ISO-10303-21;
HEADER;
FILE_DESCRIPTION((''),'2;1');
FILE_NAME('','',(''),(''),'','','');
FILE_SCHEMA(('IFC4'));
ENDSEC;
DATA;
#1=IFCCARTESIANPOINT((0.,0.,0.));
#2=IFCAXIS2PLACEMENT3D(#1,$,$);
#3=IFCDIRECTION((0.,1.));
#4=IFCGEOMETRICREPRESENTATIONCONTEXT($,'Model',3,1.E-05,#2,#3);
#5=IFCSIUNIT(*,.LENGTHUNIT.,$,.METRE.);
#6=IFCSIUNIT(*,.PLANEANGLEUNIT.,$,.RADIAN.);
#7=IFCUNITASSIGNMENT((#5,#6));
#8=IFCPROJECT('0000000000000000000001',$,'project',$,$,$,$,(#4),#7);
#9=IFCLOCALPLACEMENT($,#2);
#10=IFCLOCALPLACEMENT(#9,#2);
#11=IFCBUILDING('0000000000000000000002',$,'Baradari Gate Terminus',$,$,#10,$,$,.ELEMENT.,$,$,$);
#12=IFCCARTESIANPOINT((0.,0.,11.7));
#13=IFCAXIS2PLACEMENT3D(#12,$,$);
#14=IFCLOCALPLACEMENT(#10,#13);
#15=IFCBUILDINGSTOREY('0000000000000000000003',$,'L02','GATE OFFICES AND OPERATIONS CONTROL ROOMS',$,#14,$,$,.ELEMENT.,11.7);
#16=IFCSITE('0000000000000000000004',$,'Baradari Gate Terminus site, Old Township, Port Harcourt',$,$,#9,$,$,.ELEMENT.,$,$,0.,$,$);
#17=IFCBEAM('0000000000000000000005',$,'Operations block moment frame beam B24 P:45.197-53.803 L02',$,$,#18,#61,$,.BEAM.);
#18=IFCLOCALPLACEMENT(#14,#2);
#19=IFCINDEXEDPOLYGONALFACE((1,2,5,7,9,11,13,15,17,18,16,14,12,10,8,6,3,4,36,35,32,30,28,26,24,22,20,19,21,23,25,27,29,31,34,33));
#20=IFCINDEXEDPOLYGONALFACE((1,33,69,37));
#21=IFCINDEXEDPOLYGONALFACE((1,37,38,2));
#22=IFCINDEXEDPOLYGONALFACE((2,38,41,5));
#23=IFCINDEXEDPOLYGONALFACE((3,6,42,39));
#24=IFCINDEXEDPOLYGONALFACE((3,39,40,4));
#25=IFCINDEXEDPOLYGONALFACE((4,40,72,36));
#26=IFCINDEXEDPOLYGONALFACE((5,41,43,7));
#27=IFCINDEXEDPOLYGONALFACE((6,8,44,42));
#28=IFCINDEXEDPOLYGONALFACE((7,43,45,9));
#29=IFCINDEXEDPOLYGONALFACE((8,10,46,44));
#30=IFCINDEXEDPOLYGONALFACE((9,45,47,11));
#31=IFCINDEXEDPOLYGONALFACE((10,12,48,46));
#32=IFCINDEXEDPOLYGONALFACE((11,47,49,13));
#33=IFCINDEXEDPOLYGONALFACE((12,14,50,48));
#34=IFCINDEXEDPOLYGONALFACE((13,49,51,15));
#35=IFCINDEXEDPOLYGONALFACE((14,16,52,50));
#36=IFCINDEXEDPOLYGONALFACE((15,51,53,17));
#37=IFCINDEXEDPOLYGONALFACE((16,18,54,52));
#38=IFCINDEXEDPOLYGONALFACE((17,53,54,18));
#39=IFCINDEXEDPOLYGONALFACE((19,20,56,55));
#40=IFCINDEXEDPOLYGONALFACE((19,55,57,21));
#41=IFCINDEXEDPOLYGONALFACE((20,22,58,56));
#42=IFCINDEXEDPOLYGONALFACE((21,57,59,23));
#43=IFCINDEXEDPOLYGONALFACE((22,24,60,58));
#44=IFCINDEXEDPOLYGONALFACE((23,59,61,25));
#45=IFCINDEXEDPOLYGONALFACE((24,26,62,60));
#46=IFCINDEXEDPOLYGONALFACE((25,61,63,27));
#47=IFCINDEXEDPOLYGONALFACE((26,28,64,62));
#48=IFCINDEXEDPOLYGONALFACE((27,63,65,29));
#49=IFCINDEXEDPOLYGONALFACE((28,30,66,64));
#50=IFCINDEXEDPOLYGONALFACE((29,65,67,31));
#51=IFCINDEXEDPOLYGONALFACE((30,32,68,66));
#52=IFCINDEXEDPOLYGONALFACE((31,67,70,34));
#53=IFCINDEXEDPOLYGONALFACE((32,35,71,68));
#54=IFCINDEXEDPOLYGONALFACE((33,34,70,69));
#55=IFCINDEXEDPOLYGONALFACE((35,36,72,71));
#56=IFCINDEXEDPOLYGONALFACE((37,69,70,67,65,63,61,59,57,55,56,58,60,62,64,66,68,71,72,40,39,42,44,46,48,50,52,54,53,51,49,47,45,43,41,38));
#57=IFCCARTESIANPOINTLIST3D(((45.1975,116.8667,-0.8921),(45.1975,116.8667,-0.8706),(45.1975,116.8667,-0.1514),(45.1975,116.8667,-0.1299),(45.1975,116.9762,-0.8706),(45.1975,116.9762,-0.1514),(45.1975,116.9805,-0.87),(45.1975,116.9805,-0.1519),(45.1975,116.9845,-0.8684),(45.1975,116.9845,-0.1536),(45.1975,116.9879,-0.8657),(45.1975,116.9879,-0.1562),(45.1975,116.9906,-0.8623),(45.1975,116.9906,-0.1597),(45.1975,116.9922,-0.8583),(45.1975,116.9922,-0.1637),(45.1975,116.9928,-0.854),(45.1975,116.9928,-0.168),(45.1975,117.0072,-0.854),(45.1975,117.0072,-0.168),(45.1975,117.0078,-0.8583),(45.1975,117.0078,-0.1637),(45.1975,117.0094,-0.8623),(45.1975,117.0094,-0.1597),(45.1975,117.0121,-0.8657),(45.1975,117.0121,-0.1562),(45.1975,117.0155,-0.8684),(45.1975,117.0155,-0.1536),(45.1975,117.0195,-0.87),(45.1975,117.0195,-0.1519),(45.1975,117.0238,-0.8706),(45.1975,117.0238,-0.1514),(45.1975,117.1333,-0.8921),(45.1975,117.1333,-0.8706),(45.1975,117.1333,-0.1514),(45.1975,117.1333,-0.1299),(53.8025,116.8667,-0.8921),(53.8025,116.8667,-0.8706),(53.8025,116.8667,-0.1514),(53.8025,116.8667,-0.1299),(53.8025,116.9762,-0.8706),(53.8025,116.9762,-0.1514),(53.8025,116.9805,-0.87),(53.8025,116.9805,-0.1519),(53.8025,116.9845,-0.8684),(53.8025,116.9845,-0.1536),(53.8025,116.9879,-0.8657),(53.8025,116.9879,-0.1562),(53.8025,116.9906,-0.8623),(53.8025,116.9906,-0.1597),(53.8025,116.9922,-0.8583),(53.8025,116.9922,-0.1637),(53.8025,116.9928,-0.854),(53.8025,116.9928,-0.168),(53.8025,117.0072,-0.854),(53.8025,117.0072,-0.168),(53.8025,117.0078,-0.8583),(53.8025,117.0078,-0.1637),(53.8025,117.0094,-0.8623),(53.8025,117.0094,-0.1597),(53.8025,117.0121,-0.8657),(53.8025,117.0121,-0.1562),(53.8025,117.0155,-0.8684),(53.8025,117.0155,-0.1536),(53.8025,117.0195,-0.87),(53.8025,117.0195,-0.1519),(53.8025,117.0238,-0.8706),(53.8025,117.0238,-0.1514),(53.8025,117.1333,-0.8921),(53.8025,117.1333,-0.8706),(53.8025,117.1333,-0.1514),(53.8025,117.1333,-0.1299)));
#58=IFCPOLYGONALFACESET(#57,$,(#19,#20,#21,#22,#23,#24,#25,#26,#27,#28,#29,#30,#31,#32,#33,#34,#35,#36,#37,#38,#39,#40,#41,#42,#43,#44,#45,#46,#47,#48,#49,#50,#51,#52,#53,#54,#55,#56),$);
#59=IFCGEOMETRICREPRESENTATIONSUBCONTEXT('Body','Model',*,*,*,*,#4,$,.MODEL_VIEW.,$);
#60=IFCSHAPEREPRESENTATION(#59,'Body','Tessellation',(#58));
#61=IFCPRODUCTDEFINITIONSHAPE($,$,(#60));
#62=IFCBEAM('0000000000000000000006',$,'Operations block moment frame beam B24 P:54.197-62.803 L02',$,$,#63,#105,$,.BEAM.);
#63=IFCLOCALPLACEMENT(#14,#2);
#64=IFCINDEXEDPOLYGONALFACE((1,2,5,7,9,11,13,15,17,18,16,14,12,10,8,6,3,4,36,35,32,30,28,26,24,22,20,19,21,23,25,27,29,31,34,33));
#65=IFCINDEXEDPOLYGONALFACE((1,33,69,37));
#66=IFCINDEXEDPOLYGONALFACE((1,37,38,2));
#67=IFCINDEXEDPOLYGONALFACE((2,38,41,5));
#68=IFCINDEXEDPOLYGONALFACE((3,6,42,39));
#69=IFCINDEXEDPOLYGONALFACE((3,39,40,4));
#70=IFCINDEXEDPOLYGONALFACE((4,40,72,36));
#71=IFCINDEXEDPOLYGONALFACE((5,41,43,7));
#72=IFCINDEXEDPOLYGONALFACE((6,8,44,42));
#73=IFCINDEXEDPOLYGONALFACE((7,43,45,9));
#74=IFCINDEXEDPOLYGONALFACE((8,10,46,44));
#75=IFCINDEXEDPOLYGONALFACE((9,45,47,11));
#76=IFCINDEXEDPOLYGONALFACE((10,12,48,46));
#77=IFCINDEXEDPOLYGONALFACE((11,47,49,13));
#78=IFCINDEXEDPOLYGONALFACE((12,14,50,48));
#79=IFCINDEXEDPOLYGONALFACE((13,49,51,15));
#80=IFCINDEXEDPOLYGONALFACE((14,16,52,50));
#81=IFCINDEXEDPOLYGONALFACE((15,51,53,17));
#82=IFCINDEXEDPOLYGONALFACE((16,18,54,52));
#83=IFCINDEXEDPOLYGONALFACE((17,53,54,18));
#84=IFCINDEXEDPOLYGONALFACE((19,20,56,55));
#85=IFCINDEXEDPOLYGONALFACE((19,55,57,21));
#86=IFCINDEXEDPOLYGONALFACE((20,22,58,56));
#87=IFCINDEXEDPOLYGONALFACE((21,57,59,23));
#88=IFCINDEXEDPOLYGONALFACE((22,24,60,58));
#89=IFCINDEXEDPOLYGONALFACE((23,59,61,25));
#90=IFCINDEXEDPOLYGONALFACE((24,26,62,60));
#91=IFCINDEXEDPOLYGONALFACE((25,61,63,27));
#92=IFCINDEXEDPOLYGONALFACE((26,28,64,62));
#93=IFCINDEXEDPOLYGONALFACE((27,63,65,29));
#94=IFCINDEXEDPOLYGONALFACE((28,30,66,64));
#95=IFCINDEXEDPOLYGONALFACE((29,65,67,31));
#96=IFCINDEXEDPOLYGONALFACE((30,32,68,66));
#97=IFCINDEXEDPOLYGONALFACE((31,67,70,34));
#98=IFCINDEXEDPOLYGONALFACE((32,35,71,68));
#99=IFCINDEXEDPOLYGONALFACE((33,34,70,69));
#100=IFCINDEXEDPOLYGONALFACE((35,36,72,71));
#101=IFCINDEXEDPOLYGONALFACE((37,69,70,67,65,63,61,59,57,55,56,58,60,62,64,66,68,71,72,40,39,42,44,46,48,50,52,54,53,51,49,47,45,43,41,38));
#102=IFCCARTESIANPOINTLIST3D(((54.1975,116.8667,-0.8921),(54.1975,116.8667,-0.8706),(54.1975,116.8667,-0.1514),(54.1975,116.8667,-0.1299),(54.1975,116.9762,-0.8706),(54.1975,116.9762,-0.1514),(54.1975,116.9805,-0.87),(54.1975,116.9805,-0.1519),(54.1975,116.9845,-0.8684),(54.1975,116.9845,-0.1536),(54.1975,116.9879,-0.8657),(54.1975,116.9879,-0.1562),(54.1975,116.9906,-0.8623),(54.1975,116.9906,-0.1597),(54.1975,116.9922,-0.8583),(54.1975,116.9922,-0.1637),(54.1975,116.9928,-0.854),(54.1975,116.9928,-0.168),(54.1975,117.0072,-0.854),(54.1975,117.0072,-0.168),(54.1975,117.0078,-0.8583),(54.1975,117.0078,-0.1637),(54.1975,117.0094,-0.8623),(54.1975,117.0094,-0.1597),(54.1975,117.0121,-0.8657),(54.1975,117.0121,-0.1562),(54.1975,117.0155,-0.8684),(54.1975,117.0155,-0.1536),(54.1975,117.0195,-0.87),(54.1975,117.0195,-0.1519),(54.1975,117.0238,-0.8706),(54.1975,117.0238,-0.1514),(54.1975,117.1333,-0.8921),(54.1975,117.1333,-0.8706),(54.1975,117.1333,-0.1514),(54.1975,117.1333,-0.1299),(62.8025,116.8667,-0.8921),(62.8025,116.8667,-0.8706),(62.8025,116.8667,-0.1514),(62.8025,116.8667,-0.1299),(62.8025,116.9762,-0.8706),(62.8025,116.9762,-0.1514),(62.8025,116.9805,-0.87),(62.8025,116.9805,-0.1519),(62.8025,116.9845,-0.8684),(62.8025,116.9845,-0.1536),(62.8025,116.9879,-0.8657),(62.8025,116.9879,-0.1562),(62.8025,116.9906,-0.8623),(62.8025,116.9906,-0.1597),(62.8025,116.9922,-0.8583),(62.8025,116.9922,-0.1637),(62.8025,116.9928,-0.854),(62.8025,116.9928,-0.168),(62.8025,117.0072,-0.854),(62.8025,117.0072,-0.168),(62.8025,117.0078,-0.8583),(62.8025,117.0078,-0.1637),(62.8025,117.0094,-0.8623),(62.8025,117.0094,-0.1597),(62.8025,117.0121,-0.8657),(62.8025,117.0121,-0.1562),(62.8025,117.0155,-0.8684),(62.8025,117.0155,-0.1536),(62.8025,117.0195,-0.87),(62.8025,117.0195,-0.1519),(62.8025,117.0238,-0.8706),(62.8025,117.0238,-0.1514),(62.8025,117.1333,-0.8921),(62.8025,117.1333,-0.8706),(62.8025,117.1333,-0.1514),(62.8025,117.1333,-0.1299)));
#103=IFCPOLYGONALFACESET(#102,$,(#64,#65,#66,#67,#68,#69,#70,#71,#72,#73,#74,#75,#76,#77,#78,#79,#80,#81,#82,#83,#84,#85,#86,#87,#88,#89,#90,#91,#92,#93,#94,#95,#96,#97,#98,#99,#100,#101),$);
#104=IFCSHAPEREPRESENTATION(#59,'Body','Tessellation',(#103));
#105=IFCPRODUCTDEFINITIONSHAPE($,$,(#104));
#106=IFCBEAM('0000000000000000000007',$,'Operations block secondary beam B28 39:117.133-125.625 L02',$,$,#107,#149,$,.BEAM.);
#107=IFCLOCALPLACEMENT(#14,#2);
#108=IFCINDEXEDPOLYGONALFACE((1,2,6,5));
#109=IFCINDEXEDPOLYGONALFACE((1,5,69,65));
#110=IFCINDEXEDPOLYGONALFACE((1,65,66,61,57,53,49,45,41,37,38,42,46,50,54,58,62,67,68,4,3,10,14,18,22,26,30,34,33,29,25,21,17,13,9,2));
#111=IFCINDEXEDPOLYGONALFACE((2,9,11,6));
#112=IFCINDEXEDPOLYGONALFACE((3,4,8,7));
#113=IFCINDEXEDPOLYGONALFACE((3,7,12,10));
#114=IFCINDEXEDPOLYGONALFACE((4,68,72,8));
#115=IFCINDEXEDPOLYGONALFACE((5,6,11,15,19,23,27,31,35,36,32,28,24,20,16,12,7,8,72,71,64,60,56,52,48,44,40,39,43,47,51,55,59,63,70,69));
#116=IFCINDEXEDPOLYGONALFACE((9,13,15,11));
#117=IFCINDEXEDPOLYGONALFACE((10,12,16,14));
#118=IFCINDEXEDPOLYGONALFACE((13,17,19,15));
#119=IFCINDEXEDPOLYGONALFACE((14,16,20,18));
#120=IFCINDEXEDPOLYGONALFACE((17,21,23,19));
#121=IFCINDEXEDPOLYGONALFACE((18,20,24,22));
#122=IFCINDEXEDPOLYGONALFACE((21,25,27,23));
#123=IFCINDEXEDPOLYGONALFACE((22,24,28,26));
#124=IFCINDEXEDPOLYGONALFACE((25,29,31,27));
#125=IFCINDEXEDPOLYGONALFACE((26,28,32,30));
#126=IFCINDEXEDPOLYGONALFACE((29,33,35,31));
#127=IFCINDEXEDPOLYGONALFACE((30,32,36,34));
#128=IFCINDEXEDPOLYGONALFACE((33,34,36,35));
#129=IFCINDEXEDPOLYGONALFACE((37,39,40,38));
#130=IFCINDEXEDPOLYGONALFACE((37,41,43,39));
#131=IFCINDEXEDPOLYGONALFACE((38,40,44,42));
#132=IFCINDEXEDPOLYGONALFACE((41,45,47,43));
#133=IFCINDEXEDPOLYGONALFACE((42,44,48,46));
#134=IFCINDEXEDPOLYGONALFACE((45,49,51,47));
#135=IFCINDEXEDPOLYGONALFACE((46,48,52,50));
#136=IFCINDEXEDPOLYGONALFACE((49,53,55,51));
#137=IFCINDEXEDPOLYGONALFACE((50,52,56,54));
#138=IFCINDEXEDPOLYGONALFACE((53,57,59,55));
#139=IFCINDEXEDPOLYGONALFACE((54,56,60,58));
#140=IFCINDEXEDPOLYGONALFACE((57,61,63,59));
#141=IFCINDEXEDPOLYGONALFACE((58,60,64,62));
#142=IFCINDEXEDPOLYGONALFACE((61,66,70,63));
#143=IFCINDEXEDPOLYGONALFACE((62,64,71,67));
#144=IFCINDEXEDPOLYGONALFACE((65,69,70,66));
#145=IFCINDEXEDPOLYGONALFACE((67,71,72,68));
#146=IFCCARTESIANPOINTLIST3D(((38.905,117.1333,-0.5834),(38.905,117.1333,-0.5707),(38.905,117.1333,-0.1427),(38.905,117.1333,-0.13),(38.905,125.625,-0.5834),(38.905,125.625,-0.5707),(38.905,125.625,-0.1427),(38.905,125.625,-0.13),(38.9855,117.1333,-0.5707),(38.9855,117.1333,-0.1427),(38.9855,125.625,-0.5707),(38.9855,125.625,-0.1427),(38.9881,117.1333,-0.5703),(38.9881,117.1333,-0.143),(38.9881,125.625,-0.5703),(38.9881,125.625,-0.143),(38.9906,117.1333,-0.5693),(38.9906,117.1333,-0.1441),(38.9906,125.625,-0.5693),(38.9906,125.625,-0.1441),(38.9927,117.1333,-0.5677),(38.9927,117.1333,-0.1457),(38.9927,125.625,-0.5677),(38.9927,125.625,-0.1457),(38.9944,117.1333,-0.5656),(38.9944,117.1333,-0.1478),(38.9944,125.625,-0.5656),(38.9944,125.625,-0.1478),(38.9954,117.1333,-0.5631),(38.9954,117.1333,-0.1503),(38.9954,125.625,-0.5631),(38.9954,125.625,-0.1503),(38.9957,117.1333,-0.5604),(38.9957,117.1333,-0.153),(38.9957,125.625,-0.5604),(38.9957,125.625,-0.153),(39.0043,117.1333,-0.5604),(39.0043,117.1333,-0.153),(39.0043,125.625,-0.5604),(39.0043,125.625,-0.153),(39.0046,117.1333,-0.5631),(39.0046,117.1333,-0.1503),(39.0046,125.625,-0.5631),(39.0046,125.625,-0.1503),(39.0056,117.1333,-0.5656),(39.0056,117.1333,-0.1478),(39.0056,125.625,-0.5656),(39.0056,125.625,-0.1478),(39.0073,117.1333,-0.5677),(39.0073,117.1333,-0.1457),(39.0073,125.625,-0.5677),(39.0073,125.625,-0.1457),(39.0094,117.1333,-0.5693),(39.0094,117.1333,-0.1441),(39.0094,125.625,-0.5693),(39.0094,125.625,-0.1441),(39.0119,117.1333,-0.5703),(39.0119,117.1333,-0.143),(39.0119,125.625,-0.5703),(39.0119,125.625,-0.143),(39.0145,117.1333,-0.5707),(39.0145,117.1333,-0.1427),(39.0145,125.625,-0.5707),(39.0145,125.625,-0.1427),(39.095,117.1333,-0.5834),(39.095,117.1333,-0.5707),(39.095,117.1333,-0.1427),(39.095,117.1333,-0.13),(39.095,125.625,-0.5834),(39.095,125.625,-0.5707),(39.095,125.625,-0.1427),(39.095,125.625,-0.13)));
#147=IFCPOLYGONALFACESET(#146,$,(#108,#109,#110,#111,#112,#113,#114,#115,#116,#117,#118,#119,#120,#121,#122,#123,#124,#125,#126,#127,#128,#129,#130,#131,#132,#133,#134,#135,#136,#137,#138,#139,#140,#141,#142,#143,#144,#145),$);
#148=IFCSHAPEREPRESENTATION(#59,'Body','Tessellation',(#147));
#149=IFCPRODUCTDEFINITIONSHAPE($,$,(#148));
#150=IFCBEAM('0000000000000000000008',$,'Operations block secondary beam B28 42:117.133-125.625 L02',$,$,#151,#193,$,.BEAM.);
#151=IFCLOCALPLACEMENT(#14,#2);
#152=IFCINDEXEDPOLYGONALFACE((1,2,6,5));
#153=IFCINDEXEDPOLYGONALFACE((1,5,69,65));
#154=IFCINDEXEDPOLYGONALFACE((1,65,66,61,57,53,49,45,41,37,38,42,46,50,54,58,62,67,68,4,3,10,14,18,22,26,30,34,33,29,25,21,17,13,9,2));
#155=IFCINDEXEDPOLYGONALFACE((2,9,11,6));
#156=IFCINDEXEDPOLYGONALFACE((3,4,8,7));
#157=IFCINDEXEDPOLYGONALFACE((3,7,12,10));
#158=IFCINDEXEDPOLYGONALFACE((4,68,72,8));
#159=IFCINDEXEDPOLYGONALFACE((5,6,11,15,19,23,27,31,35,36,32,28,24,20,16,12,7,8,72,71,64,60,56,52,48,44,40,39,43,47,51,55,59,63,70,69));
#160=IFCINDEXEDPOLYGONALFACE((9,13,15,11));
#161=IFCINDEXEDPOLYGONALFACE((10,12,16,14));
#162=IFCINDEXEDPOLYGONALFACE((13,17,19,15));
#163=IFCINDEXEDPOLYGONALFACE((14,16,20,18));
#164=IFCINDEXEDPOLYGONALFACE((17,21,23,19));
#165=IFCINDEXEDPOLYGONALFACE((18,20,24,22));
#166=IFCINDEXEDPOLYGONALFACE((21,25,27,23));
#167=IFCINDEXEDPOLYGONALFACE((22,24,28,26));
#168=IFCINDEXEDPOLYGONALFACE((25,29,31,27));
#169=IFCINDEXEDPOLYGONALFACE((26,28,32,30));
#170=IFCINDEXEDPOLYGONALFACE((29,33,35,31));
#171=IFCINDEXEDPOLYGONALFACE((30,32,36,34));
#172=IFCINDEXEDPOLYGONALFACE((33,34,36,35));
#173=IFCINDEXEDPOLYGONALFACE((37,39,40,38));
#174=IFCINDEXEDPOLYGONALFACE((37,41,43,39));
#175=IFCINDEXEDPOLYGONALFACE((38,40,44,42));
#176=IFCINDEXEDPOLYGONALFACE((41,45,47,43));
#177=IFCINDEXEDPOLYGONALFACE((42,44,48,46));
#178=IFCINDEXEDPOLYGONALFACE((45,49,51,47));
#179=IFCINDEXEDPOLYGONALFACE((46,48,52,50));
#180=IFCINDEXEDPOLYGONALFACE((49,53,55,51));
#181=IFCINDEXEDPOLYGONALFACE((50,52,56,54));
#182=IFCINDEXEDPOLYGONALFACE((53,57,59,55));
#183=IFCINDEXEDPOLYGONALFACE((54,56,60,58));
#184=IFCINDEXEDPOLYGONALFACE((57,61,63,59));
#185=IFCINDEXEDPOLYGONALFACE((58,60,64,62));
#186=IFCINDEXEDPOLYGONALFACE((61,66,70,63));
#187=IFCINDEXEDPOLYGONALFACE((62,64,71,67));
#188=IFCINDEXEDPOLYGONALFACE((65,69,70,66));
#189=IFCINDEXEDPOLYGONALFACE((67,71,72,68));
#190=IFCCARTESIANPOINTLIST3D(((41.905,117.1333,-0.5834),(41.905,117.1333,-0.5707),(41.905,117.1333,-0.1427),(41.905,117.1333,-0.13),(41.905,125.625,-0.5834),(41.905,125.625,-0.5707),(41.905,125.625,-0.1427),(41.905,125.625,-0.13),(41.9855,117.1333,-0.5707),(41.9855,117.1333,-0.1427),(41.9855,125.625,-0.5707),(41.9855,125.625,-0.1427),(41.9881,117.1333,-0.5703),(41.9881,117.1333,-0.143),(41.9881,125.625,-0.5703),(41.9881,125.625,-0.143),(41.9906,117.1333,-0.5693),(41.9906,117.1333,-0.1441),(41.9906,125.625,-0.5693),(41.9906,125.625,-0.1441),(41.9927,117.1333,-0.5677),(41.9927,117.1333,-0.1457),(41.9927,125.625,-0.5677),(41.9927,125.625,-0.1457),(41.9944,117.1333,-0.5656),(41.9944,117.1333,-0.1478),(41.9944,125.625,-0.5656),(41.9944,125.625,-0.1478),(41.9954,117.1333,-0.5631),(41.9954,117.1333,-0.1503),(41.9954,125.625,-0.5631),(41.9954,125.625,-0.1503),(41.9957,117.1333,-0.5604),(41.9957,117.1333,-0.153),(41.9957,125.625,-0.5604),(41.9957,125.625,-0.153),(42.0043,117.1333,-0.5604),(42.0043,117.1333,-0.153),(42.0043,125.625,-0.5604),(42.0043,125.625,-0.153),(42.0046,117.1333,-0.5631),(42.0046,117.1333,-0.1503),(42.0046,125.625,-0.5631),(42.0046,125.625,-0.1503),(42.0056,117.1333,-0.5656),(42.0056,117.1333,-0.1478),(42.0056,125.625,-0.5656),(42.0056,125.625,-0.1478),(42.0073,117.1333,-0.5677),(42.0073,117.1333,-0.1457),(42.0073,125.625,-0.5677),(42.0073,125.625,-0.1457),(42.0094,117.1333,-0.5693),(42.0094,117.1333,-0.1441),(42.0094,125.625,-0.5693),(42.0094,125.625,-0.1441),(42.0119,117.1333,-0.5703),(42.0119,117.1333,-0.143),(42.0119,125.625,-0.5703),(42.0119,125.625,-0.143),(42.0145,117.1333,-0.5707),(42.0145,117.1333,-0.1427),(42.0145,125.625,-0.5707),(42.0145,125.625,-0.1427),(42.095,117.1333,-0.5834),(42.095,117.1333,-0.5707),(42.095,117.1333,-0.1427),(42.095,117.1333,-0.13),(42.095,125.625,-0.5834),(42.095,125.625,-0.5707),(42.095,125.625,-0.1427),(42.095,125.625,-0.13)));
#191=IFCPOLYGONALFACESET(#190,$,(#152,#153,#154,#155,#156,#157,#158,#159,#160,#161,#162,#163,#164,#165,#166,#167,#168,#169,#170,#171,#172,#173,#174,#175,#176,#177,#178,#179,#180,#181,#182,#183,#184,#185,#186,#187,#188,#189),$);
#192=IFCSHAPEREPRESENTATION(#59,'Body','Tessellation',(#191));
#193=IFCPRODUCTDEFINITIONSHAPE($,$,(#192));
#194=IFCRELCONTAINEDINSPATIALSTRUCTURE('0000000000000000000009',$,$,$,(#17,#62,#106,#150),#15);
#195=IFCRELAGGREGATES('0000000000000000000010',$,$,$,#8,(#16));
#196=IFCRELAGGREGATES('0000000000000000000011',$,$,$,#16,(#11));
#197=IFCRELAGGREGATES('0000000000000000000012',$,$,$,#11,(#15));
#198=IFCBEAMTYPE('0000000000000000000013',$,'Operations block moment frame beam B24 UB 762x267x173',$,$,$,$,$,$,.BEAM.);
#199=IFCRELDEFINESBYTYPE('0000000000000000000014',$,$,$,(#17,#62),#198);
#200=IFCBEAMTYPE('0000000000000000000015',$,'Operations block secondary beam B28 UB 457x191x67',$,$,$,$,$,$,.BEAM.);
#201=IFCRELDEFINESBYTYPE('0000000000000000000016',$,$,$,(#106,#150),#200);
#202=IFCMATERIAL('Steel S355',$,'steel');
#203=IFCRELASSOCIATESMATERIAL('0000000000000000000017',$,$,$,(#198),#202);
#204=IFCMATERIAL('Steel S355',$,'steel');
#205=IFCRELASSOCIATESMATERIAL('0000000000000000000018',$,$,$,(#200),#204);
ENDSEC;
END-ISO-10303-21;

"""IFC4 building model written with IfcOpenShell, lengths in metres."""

from ifc_helpers import new_model, si_unit, direction, frame, origin, origin_2d, place, context, subcontext, project, spatial, i_section, extrude, material, material_profile, profile_set, type_object, element, save


model = new_model("IFC4")

# Units and contexts
model_context = context("Model", 3, precision=1e-05, world=origin(), true_north=direction((0.0, 1.0)))
body_context = subcontext(model_context, "Body", "Model", "MODEL_VIEW")
ifc_project = project(units=[si_unit("LENGTHUNIT", "METRE"), si_unit("PLANEANGLEUNIT", "RADIAN")], contexts=[model_context])

# Site, building, storey
site_placement = place(None, origin())
site = spatial("IfcSite", under=ifc_project, at=site_placement, Name="Baradari Gate Terminus site, Old Township, Port Harcourt", CompositionType="ELEMENT", RefElevation=0.0)
building_placement = place(site_placement, origin())
building = spatial("IfcBuilding", under=site, at=building_placement, Name="Baradari Gate Terminus", CompositionType="ELEMENT")
storey_placement = place(building_placement, frame((0.0, 0.0, 11.7)))
storey = spatial("IfcBuildingStorey", under=building, at=storey_placement, Name="L02", Description="GATE OFFICES AND OPERATIONS CONTROL ROOMS", CompositionType="ELEMENT", Elevation=11.7)

# Beams
ifc_material_1 = material(Name="Steel S355", Category="steel")
ifc_material_profile_1 = material_profile(ifc_material_1, i_section(OverallWidth=0.2666, OverallDepth=0.7622, WebThickness=0.0144, FlangeThickness=0.0215, FilletRadius=0.0166, at=origin_2d()), Name="UB 762x267x173")
ifc_profile_set_1 = profile_set([ifc_material_profile_1], Name="Steel S355")
beam_type_1 = type_object("IfcBeamType", Name="Operations block moment frame beam B24 UB 762x267x173", PredefinedType="BEAM", material=ifc_profile_set_1)
for number, where, z_axis, x_axis, name in (
    (1, (45.1975, 117.0, -0.511), (1.0, 0.0, 0.0), (0.0, 1.0, 0.0), "Operations block moment frame beam B24 P:45.197-53.803 L02"),
    (2, (54.1975, 117.0, -0.511), (1.0, 0.0, 0.0), (0.0, 1.0, 0.0), "Operations block moment frame beam B24 P:54.197-62.803 L02"),
):
    element("IfcBeam", number, at=place(storey_placement, frame(where, z_axis=z_axis, x_axis=x_axis)), inside=storey, type_object=beam_type_1, Name=name, PredefinedType="BEAM", context=body_context, shape_type="SweptSolid", body=[
        extrude(i_section(OverallWidth=0.2666, OverallDepth=0.7622, WebThickness=0.0144, FlangeThickness=0.0215, FilletRadius=0.0166, at=origin_2d()), origin(), (0.0, 0.0, 1.0), 8.605),
    ])
ifc_material_2 = material(Name="Steel S355", Category="steel")
ifc_material_profile_2 = material_profile(ifc_material_2, i_section(OverallWidth=0.1899, OverallDepth=0.4534, WebThickness=0.0085, FlangeThickness=0.0127, FilletRadius=0.0103, at=origin_2d()), Name="UB 457x191x67")
ifc_profile_set_2 = profile_set([ifc_material_profile_2], Name="Steel S355")
beam_type_2 = type_object("IfcBeamType", Name="Operations block secondary beam B28 UB 457x191x67", PredefinedType="BEAM", material=ifc_profile_set_2)
for number, where, z_axis, x_axis, name in (
    (3, (39.0, 117.1333, -0.3567), (0.0, 1.0, 0.0), (-1.0, 0.0, 0.0), "Operations block secondary beam B28 39:117.133-125.625 L02"),
    (4, (42.0, 117.1333, -0.3567), (0.0, 1.0, 0.0), (-1.0, 0.0, 0.0), "Operations block secondary beam B28 42:117.133-125.625 L02"),
):
    element("IfcBeam", number, at=place(storey_placement, frame(where, z_axis=z_axis, x_axis=x_axis)), inside=storey, type_object=beam_type_2, Name=name, PredefinedType="BEAM", context=body_context, shape_type="SweptSolid", body=[
        extrude(i_section(OverallWidth=0.1899, OverallDepth=0.4534, WebThickness=0.0085, FlangeThickness=0.0127, FilletRadius=0.0103, at=origin_2d()), origin(), (0.0, 0.0, 1.0), 8.4917),
    ])

save(model, "model.ifc")
